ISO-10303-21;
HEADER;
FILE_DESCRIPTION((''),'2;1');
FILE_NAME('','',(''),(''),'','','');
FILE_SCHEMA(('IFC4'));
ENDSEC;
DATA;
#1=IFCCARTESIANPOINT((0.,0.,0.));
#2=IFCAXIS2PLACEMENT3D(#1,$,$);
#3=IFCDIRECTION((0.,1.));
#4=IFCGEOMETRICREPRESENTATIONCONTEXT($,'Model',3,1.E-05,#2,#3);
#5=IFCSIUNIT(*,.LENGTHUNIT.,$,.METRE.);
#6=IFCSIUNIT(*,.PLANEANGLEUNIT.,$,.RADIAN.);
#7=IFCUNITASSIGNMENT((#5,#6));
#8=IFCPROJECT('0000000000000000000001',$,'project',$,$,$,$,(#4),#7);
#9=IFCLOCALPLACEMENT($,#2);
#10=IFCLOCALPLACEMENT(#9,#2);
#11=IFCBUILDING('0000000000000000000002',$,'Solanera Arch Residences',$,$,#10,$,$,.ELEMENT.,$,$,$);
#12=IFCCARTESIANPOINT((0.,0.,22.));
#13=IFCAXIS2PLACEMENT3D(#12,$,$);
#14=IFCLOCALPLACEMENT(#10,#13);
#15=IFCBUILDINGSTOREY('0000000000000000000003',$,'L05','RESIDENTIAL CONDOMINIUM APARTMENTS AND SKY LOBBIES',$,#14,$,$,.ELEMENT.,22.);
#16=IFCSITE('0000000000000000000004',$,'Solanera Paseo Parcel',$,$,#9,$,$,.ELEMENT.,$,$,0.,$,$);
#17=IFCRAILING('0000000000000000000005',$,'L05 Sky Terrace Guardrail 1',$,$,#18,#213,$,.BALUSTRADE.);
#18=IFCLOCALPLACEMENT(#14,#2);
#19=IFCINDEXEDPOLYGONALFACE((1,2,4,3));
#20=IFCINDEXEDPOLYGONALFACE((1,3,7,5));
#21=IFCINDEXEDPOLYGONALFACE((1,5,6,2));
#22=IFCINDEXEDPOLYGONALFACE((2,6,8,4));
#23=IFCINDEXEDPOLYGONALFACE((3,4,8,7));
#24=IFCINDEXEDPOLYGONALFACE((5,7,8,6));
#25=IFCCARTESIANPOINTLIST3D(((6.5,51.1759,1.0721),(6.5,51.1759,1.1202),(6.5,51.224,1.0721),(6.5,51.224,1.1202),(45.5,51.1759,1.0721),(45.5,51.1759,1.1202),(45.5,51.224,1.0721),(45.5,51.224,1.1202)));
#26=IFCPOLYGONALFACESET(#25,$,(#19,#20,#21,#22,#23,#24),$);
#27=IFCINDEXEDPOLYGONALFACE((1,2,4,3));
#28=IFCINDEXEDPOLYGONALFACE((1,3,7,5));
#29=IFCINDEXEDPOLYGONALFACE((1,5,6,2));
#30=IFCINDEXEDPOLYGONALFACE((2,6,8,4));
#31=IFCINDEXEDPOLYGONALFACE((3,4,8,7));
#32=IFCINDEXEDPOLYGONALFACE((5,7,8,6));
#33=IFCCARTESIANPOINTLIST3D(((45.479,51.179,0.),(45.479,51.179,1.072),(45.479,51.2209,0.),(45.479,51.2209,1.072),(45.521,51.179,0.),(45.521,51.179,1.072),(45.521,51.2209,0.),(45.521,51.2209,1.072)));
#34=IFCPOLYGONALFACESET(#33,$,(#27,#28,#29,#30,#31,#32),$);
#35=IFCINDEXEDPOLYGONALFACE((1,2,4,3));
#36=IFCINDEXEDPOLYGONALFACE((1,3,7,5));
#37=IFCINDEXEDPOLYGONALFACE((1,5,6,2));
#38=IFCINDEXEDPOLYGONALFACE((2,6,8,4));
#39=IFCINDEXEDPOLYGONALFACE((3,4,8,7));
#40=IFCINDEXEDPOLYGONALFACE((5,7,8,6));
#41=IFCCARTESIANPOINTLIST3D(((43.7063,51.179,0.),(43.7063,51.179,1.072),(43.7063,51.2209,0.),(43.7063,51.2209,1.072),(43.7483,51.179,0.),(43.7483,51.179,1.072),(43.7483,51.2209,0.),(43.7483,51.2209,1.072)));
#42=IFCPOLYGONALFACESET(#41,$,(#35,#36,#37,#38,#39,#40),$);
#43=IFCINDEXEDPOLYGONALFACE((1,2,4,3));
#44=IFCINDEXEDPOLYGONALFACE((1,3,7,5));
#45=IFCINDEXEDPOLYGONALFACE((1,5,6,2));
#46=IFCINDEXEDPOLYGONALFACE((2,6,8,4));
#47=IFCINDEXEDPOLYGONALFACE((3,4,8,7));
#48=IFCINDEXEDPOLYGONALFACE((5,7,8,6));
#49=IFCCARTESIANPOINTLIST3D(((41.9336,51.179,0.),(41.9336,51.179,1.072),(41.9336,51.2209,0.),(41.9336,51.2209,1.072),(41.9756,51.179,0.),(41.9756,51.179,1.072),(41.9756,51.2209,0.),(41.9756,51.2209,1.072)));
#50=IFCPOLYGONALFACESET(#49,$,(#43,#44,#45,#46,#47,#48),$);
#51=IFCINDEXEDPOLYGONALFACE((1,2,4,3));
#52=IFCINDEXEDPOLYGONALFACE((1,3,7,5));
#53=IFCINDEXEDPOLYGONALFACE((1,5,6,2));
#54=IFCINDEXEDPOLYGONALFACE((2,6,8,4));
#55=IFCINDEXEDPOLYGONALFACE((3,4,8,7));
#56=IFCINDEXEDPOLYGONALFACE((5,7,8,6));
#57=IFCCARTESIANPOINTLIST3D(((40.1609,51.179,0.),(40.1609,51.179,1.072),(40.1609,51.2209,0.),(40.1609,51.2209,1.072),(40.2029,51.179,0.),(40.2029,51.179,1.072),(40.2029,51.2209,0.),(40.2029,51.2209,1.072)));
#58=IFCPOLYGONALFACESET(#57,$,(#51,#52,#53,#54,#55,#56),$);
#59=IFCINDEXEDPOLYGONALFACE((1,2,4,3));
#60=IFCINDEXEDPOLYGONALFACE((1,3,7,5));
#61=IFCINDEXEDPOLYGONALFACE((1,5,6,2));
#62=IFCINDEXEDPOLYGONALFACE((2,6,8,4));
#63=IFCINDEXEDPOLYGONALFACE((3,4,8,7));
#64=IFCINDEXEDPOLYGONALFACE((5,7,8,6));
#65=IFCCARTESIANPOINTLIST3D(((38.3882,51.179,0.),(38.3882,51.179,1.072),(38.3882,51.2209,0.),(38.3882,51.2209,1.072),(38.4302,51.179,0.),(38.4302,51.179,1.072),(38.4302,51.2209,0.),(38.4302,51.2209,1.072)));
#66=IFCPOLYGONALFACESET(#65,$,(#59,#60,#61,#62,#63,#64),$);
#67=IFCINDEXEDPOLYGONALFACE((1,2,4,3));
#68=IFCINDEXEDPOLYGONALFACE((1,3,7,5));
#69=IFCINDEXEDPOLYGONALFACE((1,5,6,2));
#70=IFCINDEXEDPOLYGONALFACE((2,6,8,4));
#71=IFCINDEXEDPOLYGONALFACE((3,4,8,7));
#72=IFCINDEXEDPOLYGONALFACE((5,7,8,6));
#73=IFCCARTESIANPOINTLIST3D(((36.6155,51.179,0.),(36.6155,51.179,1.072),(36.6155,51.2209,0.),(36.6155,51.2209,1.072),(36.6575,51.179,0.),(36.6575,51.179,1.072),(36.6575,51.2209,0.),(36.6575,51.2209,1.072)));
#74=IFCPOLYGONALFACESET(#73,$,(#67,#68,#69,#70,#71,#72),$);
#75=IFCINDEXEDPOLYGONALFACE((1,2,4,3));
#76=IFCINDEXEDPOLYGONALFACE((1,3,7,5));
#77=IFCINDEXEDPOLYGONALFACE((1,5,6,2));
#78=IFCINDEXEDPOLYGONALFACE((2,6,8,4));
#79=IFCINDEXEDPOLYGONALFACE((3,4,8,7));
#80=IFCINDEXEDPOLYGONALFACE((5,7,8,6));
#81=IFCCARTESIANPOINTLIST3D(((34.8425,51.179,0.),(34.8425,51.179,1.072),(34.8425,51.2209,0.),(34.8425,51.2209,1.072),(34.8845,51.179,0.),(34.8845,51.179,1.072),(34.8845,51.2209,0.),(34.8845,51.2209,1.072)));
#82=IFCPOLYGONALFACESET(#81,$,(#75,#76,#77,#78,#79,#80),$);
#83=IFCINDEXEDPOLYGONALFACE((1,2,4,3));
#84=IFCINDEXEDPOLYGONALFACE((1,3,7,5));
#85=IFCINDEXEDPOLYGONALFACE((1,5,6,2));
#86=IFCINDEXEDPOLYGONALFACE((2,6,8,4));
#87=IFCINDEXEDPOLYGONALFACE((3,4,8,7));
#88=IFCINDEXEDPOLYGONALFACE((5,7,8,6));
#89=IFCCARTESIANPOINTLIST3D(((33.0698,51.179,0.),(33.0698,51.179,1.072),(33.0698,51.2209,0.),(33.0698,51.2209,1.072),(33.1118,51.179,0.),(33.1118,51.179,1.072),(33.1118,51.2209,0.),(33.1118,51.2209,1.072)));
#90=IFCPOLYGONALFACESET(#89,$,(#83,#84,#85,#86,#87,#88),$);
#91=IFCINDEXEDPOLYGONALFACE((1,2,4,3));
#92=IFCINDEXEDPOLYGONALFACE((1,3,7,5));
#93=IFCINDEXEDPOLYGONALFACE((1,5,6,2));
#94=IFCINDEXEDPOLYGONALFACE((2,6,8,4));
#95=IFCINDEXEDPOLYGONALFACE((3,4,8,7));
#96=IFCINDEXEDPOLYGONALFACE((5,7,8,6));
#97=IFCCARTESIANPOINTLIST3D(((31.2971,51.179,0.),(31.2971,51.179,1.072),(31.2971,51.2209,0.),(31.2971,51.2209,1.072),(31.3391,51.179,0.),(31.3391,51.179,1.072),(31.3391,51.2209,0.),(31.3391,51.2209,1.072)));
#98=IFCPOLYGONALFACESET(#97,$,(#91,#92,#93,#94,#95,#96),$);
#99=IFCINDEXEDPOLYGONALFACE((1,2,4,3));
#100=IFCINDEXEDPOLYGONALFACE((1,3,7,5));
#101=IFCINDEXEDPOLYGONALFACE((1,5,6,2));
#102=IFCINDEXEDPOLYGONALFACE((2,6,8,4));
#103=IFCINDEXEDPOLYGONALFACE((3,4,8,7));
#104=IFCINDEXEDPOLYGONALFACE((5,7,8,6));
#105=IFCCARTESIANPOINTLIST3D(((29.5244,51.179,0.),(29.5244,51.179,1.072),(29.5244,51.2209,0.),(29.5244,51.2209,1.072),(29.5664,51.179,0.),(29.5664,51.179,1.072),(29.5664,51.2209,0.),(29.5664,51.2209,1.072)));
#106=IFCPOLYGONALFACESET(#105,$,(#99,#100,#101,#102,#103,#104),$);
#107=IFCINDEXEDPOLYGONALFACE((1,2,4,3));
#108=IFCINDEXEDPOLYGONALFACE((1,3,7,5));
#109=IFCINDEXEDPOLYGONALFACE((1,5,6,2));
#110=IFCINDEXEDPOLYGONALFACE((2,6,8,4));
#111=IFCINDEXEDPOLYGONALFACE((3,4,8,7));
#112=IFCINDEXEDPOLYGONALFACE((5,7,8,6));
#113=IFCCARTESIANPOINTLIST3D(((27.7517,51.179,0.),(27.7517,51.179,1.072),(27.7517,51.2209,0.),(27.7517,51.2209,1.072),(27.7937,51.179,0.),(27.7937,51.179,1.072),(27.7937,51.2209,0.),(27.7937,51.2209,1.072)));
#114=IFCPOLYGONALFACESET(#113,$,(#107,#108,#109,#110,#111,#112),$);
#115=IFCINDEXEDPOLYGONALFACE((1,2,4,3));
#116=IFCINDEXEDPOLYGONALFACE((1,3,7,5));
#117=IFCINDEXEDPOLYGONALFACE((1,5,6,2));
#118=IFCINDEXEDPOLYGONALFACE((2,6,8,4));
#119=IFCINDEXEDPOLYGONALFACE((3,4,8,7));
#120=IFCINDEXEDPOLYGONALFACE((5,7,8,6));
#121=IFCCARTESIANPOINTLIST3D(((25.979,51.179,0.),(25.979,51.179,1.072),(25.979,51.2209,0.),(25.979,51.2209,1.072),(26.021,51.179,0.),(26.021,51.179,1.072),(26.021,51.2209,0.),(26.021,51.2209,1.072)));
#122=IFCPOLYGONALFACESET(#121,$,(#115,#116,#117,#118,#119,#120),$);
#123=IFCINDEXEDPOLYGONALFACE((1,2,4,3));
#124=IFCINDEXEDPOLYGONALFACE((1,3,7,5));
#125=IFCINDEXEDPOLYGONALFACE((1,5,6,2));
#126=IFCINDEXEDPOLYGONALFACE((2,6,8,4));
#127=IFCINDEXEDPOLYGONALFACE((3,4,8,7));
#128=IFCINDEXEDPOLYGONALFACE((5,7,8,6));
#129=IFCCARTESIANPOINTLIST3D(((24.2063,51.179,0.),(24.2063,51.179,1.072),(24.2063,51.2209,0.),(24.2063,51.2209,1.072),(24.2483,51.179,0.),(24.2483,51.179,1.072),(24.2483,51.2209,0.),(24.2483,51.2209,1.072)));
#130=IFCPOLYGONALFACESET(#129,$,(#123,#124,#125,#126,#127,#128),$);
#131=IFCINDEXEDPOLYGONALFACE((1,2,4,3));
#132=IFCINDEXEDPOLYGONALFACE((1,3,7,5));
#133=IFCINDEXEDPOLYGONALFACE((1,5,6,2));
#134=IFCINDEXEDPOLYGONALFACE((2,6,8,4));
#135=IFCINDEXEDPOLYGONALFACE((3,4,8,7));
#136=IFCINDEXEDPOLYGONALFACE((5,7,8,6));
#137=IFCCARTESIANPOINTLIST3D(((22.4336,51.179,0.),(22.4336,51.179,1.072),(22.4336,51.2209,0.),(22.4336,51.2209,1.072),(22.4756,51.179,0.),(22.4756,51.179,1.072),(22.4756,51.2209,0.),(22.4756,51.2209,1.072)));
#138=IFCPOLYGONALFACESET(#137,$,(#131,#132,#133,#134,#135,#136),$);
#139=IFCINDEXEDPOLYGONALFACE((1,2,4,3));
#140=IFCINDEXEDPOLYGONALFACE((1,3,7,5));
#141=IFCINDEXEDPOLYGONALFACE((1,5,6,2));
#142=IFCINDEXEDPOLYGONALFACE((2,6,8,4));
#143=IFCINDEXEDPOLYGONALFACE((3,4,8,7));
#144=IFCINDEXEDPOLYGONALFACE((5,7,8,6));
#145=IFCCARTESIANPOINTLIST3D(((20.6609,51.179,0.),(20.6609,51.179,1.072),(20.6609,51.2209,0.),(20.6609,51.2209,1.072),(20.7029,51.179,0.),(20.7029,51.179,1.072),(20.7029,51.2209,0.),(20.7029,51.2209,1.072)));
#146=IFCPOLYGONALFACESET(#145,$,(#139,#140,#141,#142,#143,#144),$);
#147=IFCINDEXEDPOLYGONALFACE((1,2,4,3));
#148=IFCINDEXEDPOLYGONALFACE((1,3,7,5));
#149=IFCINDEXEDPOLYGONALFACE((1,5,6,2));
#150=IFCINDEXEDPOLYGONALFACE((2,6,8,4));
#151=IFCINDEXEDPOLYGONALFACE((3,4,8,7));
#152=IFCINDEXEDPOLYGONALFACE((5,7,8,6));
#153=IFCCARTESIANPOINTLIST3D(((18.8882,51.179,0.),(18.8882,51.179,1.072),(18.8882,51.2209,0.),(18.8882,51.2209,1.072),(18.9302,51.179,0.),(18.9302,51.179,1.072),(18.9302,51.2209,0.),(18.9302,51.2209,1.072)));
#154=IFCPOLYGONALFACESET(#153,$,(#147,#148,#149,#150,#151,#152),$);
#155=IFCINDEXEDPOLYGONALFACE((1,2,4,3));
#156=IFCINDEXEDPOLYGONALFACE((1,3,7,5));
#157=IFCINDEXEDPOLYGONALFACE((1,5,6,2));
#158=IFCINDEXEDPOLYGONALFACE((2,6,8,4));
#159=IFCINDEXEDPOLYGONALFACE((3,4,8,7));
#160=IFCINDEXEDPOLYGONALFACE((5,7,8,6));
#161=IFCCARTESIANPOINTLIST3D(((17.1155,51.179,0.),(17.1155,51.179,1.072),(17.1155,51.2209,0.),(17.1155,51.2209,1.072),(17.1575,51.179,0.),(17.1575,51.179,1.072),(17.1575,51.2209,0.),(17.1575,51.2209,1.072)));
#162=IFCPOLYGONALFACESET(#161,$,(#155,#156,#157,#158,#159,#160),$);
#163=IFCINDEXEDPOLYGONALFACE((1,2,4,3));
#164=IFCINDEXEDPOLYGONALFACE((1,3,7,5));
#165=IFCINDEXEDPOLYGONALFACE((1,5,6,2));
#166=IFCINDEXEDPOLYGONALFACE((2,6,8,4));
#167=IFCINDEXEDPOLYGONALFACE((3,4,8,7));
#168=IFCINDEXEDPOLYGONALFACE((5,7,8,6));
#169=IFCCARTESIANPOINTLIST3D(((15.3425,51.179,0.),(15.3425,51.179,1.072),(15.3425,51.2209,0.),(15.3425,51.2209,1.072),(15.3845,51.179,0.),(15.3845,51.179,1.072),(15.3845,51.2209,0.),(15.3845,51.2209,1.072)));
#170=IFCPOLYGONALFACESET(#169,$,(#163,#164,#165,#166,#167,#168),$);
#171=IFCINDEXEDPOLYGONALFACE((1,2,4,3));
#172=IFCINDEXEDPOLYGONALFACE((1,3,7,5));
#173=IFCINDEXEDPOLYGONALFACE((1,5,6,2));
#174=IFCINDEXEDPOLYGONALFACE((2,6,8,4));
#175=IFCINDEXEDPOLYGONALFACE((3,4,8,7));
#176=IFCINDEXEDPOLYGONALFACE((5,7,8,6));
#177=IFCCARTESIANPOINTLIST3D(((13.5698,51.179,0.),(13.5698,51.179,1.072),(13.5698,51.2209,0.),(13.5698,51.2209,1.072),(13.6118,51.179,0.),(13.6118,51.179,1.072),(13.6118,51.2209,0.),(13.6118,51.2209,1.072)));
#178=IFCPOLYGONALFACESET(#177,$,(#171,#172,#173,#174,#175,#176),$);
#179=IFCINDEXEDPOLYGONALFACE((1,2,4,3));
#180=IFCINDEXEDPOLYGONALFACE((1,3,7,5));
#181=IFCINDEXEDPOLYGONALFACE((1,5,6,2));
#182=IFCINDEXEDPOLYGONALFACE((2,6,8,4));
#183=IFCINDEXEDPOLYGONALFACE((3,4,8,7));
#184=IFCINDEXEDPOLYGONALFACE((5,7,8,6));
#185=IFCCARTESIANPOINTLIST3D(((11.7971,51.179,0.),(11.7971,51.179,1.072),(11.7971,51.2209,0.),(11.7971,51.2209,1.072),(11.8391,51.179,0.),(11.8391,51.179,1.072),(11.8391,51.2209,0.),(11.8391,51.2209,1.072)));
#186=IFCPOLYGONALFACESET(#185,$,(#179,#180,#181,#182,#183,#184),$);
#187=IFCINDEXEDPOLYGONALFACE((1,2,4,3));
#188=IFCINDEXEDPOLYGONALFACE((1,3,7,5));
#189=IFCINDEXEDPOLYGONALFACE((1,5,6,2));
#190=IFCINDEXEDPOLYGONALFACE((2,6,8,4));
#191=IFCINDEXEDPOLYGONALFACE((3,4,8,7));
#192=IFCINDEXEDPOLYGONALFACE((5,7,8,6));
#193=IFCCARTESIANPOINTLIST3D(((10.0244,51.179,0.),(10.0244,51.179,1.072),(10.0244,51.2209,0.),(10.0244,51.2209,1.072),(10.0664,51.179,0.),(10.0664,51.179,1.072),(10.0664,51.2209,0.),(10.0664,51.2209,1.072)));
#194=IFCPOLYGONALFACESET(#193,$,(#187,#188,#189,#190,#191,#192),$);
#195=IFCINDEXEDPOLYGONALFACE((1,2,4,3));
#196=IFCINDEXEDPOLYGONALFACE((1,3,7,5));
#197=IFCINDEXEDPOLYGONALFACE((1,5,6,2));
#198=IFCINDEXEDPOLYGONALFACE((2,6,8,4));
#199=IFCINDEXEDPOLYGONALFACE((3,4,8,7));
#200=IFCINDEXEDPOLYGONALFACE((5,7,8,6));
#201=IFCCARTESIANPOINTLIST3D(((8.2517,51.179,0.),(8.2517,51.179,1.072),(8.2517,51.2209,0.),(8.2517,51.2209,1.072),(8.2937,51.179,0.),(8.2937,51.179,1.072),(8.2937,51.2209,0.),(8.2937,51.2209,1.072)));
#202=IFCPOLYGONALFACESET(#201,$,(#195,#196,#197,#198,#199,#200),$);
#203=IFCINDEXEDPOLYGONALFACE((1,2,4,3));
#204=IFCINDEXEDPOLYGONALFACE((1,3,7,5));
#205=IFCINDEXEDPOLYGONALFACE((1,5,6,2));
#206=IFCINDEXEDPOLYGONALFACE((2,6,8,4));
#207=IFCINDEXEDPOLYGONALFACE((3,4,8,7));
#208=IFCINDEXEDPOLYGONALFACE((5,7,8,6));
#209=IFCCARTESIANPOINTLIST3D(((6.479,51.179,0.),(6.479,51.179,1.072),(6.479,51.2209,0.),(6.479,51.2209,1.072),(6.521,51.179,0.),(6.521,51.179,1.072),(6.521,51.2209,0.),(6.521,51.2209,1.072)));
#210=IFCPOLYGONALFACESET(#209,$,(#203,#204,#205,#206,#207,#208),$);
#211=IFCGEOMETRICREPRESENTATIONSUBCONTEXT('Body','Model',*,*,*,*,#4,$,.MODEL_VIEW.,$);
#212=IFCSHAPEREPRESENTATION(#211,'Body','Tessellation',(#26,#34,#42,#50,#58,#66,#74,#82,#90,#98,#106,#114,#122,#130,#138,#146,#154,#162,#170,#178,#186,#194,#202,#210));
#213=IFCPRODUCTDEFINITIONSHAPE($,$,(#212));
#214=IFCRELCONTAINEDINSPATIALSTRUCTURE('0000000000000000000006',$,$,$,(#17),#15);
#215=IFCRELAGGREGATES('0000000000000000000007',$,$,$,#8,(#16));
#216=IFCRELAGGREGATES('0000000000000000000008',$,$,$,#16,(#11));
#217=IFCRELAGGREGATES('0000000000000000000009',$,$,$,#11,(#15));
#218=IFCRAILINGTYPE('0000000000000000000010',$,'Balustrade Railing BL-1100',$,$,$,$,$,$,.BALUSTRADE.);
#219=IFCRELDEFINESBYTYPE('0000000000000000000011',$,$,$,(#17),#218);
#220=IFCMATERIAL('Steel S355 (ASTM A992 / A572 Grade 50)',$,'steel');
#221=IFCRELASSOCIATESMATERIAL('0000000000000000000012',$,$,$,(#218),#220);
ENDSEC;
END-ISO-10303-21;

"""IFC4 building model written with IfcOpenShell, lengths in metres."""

from ifc_helpers import new_model, si_unit, direction, frame, origin, origin_2d, place, context, subcontext, project, spatial, rectangle, extrude, material, type_object, element, save


model = new_model("IFC4")

# Units and contexts
model_context = context("Model", 3, precision=1e-05, world=origin(), true_north=direction((0.0, 1.0)))
body_context = subcontext(model_context, "Body", "Model", "MODEL_VIEW")
ifc_project = project(units=[si_unit("LENGTHUNIT", "METRE"), si_unit("PLANEANGLEUNIT", "RADIAN")], contexts=[model_context])

# Site, building, storey
site_placement = place(None, origin())
site = spatial("IfcSite", under=ifc_project, at=site_placement, Name="Solanera Paseo Parcel", CompositionType="ELEMENT", RefElevation=0.0)
building_placement = place(site_placement, origin())
building = spatial("IfcBuilding", under=site, at=building_placement, Name="Solanera Arch Residences", CompositionType="ELEMENT")
storey_placement = place(building_placement, frame((0.0, 0.0, 22.0)))
storey = spatial("IfcBuildingStorey", under=building, at=storey_placement, Name="L05", Description="RESIDENTIAL CONDOMINIUM APARTMENTS AND SKY LOBBIES", CompositionType="ELEMENT", Elevation=22.0)

# Railing
ifc_material_1 = material(Name="Steel S355 (ASTM A992 / A572 Grade 50)", Category="steel")
railing_type = type_object("IfcRailingType", Name="Balustrade Railing BL-1100", PredefinedType="BALUSTRADE", material=ifc_material_1)
railing_1_placement = place(storey_placement, frame((45.5, 51.2, 0.0)))
element("IfcRailing", 1, at=railing_1_placement, inside=storey, type_object=railing_type, Name="L05 Sky Terrace Guardrail 1", PredefinedType="BALUSTRADE", context=body_context, shape_type="SweptSolid", body=[
    extrude(rectangle(XDim=0.0481, YDim=0.0481, at=origin_2d()), frame((0.0, 0.0, 1.0962), z_axis=(-1.0, 0.0, 0.0), x_axis=(0.0, -1.0, 0.0)), (0.0, 0.0, 1.0), 39.0),
    extrude(rectangle(XDim=0.042, YDim=0.042, at=origin_2d()), origin(), (0.0, 0.0, 1.0), 1.072),
    extrude(rectangle(XDim=0.042, YDim=0.042, at=origin_2d()), frame((-1.7727, 0.0, 0.0)), (0.0, 0.0, 1.0), 1.072),
    extrude(rectangle(XDim=0.042, YDim=0.042, at=origin_2d()), frame((-3.5454, 0.0, 0.0)), (0.0, 0.0, 1.0), 1.072),
    extrude(rectangle(XDim=0.042, YDim=0.042, at=origin_2d()), frame((-5.3181, 0.0, 0.0)), (0.0, 0.0, 1.0), 1.072),
    extrude(rectangle(XDim=0.042, YDim=0.042, at=origin_2d()), frame((-7.0908, 0.0, 0.0)), (0.0, 0.0, 1.0), 1.072),
    extrude(rectangle(XDim=0.042, YDim=0.042, at=origin_2d()), frame((-8.8635, 0.0, 0.0)), (0.0, 0.0, 1.0), 1.072),
    extrude(rectangle(XDim=0.042, YDim=0.042, at=origin_2d()), frame((-10.6365, 0.0, 0.0)), (0.0, 0.0, 1.0), 1.072),
    extrude(rectangle(XDim=0.042, YDim=0.042, at=origin_2d()), frame((-12.4092, 0.0, 0.0)), (0.0, 0.0, 1.0), 1.072),
    extrude(rectangle(XDim=0.042, YDim=0.042, at=origin_2d()), frame((-14.1819, 0.0, 0.0)), (0.0, 0.0, 1.0), 1.072),
    extrude(rectangle(XDim=0.042, YDim=0.042, at=origin_2d()), frame((-15.9546, 0.0, 0.0)), (0.0, 0.0, 1.0), 1.072),
    extrude(rectangle(XDim=0.042, YDim=0.042, at=origin_2d()), frame((-17.7273, 0.0, 0.0)), (0.0, 0.0, 1.0), 1.072),
    extrude(rectangle(XDim=0.042, YDim=0.042, at=origin_2d()), frame((-19.5, 0.0, 0.0)), (0.0, 0.0, 1.0), 1.072),
    extrude(rectangle(XDim=0.042, YDim=0.042, at=origin_2d()), frame((-21.2727, 0.0, 0.0)), (0.0, 0.0, 1.0), 1.072),
    extrude(rectangle(XDim=0.042, YDim=0.042, at=origin_2d()), frame((-23.0454, 0.0, 0.0)), (0.0, 0.0, 1.0), 1.072),
    extrude(rectangle(XDim=0.042, YDim=0.042, at=origin_2d()), frame((-24.8181, 0.0, 0.0)), (0.0, 0.0, 1.0), 1.072),
    extrude(rectangle(XDim=0.042, YDim=0.042, at=origin_2d()), frame((-26.5908, 0.0, 0.0)), (0.0, 0.0, 1.0), 1.072),
    extrude(rectangle(XDim=0.042, YDim=0.042, at=origin_2d()), frame((-28.3635, 0.0, 0.0)), (0.0, 0.0, 1.0), 1.072),
    extrude(rectangle(XDim=0.042, YDim=0.042, at=origin_2d()), frame((-30.1365, 0.0, 0.0)), (0.0, 0.0, 1.0), 1.072),
    extrude(rectangle(XDim=0.042, YDim=0.042, at=origin_2d()), frame((-31.9092, 0.0, 0.0)), (0.0, 0.0, 1.0), 1.072),
    extrude(rectangle(XDim=0.042, YDim=0.042, at=origin_2d()), frame((-33.6819, 0.0, 0.0)), (0.0, 0.0, 1.0), 1.072),
    extrude(rectangle(XDim=0.042, YDim=0.042, at=origin_2d()), frame((-35.4546, 0.0, 0.0)), (0.0, 0.0, 1.0), 1.072),
    extrude(rectangle(XDim=0.042, YDim=0.042, at=origin_2d()), frame((-37.2273, 0.0, 0.0)), (0.0, 0.0, 1.0), 1.072),
    extrude(rectangle(XDim=0.042, YDim=0.042, at=origin_2d()), frame((-39.0, 0.0, 0.0)), (0.0, 0.0, 1.0), 1.072),
])

save(model, "model.ifc")
